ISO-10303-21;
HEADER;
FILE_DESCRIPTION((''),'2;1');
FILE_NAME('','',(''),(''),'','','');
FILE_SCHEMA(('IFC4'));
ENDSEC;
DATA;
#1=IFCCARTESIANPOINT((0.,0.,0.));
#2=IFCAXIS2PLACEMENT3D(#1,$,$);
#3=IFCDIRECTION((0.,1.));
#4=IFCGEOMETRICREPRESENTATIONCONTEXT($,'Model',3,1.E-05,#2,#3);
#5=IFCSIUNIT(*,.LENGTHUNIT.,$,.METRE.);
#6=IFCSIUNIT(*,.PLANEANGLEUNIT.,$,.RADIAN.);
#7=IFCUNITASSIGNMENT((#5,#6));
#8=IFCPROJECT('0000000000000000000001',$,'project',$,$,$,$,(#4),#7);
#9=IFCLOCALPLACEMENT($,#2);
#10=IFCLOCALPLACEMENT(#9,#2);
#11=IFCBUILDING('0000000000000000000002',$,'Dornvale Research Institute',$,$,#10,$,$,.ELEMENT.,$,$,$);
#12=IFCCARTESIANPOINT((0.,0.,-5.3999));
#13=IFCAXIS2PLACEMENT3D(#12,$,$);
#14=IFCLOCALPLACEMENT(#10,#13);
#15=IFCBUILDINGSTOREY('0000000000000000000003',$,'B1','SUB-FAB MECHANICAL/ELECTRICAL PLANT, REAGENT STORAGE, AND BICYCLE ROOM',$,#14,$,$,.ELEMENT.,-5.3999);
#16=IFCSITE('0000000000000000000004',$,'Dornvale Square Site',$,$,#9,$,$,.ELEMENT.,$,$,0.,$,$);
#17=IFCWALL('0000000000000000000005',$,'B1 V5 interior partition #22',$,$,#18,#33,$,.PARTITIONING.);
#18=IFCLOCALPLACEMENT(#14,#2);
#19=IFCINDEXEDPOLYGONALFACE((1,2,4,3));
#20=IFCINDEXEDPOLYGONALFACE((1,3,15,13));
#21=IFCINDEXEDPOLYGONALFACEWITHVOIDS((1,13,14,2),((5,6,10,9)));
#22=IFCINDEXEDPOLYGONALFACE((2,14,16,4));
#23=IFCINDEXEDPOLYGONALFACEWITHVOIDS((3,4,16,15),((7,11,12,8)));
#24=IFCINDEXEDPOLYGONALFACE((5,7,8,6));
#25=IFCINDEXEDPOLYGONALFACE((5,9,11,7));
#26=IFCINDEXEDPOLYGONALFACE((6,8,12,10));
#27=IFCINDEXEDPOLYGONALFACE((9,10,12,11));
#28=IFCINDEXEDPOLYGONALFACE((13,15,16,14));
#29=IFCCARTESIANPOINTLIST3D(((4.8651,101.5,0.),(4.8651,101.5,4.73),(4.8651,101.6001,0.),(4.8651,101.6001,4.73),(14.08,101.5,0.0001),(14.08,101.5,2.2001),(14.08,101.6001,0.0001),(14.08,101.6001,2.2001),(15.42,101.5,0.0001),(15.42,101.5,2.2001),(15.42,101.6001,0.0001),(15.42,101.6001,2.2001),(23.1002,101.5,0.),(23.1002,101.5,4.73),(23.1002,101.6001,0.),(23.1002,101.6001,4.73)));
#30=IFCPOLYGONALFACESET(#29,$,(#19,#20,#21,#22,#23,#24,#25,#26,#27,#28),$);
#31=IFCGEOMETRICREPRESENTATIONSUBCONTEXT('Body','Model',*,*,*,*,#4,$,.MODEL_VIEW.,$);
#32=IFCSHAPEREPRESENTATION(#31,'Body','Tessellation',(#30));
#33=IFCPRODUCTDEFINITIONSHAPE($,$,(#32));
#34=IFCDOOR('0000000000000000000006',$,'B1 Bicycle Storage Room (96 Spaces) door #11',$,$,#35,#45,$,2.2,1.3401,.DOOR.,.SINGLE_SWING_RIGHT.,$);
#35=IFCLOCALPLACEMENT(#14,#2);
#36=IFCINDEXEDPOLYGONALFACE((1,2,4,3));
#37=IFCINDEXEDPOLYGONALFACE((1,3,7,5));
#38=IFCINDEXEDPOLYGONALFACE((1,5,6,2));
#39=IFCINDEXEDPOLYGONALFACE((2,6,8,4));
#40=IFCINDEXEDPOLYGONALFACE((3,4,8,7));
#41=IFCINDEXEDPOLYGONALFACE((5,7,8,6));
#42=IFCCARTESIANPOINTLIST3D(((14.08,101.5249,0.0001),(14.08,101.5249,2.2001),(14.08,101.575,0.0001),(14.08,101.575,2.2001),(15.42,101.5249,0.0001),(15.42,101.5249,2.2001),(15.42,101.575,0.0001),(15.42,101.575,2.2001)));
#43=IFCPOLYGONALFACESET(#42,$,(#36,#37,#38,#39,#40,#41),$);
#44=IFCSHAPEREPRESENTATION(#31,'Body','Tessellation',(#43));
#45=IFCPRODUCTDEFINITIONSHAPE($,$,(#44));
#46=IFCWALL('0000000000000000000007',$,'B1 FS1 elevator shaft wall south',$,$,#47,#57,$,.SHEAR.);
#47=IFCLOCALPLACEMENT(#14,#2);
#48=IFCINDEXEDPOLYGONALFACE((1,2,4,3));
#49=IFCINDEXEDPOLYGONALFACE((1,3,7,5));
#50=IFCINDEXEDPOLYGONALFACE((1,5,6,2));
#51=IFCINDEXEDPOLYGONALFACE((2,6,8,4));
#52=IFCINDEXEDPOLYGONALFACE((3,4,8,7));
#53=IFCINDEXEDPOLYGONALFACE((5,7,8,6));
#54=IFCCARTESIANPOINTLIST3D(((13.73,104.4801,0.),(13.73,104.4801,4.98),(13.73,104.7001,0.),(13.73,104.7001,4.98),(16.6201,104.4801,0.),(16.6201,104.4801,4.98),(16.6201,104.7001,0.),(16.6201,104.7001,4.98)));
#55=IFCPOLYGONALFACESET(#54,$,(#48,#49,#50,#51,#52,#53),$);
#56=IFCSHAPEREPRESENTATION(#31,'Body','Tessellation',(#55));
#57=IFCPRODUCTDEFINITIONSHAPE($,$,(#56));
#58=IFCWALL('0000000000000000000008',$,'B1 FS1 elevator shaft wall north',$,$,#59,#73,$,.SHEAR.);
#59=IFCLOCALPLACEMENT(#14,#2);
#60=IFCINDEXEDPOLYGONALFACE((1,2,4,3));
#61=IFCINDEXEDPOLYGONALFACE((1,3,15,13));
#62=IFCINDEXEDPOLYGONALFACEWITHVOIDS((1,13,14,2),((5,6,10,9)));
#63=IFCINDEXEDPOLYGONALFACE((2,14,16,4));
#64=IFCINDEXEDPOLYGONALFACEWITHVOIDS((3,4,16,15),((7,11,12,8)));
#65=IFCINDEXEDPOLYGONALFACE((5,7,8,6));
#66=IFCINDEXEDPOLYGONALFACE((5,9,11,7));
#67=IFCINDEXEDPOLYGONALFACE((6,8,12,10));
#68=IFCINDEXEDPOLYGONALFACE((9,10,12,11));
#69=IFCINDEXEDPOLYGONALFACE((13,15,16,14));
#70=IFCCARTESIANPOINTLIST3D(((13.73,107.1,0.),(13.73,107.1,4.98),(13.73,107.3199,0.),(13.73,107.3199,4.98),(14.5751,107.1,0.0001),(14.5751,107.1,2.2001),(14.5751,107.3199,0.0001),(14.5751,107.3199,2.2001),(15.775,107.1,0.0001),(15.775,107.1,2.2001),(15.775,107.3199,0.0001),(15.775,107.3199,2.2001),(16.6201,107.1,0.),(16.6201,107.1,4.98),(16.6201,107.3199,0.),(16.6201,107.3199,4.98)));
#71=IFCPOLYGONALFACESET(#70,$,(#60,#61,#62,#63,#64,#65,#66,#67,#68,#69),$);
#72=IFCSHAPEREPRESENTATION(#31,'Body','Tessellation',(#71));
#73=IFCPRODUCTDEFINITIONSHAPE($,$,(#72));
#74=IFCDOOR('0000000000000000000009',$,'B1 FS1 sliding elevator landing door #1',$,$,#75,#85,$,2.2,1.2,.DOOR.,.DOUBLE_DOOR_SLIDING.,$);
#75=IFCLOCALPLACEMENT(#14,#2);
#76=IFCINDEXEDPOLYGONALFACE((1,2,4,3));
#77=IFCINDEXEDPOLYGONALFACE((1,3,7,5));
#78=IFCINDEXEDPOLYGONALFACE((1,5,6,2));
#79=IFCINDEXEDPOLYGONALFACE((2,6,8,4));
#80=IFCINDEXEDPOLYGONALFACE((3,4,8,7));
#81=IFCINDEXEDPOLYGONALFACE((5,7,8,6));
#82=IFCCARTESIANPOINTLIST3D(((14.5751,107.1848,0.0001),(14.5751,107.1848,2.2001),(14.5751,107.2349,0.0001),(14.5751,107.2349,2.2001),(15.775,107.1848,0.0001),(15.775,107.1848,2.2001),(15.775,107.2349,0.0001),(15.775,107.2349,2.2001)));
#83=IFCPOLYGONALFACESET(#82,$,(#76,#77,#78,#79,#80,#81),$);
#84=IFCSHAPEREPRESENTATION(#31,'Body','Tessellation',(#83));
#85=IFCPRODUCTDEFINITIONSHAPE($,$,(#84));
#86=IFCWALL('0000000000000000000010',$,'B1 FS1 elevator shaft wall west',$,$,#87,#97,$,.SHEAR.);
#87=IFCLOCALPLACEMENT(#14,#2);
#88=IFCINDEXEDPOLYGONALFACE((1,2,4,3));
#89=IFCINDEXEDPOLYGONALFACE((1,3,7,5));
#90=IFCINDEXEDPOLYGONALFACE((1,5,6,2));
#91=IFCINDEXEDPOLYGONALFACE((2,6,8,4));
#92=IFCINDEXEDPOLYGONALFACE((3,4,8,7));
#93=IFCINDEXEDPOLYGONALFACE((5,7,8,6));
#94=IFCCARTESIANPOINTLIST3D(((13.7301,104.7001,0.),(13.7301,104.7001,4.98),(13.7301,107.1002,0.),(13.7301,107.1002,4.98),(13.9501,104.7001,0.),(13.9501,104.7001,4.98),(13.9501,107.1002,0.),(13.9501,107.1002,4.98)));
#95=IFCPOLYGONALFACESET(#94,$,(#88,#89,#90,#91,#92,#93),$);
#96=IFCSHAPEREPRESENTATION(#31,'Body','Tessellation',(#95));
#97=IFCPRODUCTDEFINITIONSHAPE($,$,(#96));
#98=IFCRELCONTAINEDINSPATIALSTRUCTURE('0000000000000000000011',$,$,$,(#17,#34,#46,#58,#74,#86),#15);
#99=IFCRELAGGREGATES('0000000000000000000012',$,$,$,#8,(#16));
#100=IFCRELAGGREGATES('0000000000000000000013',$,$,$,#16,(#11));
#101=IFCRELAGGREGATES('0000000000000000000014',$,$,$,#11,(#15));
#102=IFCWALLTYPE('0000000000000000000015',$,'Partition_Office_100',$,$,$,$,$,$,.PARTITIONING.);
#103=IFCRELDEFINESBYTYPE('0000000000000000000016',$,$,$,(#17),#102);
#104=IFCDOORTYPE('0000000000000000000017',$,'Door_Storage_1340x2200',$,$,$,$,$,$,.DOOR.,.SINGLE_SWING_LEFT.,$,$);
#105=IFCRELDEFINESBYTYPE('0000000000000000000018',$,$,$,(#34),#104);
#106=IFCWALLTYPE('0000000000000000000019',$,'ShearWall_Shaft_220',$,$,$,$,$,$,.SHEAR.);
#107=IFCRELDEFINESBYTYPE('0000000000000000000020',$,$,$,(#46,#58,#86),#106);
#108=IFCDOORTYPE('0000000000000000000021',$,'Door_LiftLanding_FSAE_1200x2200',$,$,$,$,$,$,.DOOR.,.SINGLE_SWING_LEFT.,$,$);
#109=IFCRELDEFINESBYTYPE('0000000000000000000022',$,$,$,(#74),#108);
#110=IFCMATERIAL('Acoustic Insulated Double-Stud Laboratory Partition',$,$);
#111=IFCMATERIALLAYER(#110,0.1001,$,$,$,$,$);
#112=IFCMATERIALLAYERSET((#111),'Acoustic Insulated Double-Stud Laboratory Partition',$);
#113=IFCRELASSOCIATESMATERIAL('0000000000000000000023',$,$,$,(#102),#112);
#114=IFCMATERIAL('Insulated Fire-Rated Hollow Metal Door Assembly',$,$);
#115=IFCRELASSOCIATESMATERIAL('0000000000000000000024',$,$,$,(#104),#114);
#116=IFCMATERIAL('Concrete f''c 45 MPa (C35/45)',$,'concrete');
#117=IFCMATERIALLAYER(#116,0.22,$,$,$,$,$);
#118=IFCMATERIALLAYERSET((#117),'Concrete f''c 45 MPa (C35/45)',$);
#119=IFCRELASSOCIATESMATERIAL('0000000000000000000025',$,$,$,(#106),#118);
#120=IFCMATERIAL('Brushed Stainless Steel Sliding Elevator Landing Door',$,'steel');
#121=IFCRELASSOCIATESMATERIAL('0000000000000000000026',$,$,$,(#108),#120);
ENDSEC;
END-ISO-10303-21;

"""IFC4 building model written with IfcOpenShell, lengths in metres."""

from ifc_helpers import new_model, si_unit, direction, frame, frame_2d, origin, place, context, subcontext, project, spatial, rectangle, extrude, material, layer, layer_set, type_object, element, fill, save


model = new_model("IFC4")

# Units and contexts
model_context = context("Model", 3, precision=1e-05, world=origin(), true_north=direction((0.0, 1.0)))
body_context = subcontext(model_context, "Body", "Model", "MODEL_VIEW")
ifc_project = project(units=[si_unit("LENGTHUNIT", "METRE"), si_unit("PLANEANGLEUNIT", "RADIAN")], contexts=[model_context])

# Site, building, storey
site_placement = place(None, origin())
site = spatial("IfcSite", under=ifc_project, at=site_placement, Name="Dornvale Square Site", CompositionType="ELEMENT", RefElevation=0.0)
building_placement = place(site_placement, origin())
building = spatial("IfcBuilding", under=site, at=building_placement, Name="Dornvale Research Institute", CompositionType="ELEMENT")
storey_placement = place(building_placement, frame((0.0, 0.0, -5.3999)))
storey = spatial("IfcBuildingStorey", under=building, at=storey_placement, Name="B1", Description="SUB-FAB MECHANICAL/ELECTRICAL PLANT, REAGENT STORAGE, AND BICYCLE ROOM", CompositionType="ELEMENT", Elevation=-5.3999)

# Wall, opening, door
ifc_material_1 = material(Name="Acoustic Insulated Double-Stud Laboratory Partition")
ifc_layer_1 = layer(ifc_material_1, 0.1001)
ifc_layer_set_1 = layer_set([ifc_layer_1], Name="Acoustic Insulated Double-Stud Laboratory Partition")
wall_type_1 = type_object("IfcWallType", Name="Partition_Office_100", PredefinedType="PARTITIONING", material=ifc_layer_set_1)
wall_1_placement = place(storey_placement, frame((4.865, 101.55, 0.0), z_axis=(0.0, 0.0, 1.0), x_axis=(1.0, 0.0, 0.0)))
wall_1 = element("IfcWall", 1, at=wall_1_placement, inside=storey, type_object=wall_type_1, Name="B1 V5 interior partition #22", PredefinedType="PARTITIONING", context=body_context, shape_type="SweptSolid", body=[
    extrude(rectangle(XDim=18.2351, YDim=0.1001, at=frame_2d((9.1177, 0.0))), origin(), (0.0, 0.0, 1.0), 4.73),
])
opening_1_placement = place(wall_1_placement, frame((9.2151, 0.0, 0.0)))
opening_1 = element("IfcOpeningElement", 2, at=opening_1_placement, cuts=wall_1, PredefinedType="OPENING", context=body_context, shape_type="SweptSolid", body=[
    extrude(rectangle(XDim=1.3401, YDim=2.2, at=frame_2d((0.6699, 1.1001))), frame((0.0, 0.0649, 0.0), z_axis=(0.0, -1.0, 0.0), x_axis=(1.0, 0.0, 0.0)), (0.0, 0.0, 1.0), 0.1301),
])
ifc_material_2 = material(Name="Insulated Fire-Rated Hollow Metal Door Assembly")
door_type_1 = type_object("IfcDoorType", Name="Door_Storage_1340x2200", OperationType="SINGLE_SWING_LEFT", PredefinedType="DOOR", material=ifc_material_2)
door_1_placement = place(opening_1_placement, origin())
door_1 = element("IfcDoor", 3, at=door_1_placement, inside=storey, type_object=door_type_1, Name="B1 Bicycle Storage Room (96 Spaces) door #11", OperationType="SINGLE_SWING_RIGHT", OverallHeight=2.2, OverallWidth=1.3401, PredefinedType="DOOR", context=body_context, shape_type="SweptSolid", body=[
    extrude(rectangle(XDim=1.3401, YDim=2.2, at=frame_2d((0.6699, 1.1001))), frame((0.0, 0.0249, 0.0), z_axis=(0.0, -1.0, 0.0), x_axis=(1.0, 0.0, 0.0)), (0.0, 0.0, 1.0), 0.05),
])
fill(opening_1, door_1)

# Wall
ifc_material_3 = material(Name="Concrete f'c 45 MPa (C35/45)", Category="concrete")
ifc_layer_2 = layer(ifc_material_3, 0.22)
ifc_layer_set_2 = layer_set([ifc_layer_2], Name="Concrete f'c 45 MPa (C35/45)")
wall_type_2 = type_object("IfcWallType", Name="ShearWall_Shaft_220", PredefinedType="SHEAR", material=ifc_layer_set_2)
wall_2_placement = place(storey_placement, frame((13.73, 104.5901, 0.0), z_axis=(0.0, 0.0, 1.0), x_axis=(1.0, 0.0, 0.0)))
element("IfcWall", 4, at=wall_2_placement, inside=storey, type_object=wall_type_2, Name="B1 FS1 elevator shaft wall south", PredefinedType="SHEAR", context=body_context, shape_type="SweptSolid", body=[
    extrude(rectangle(XDim=2.8901, YDim=0.22, at=frame_2d((1.4451, 0.0))), origin(), (0.0, 0.0, 1.0), 4.98),
])

# Wall, opening, door
wall_3_placement = place(storey_placement, frame((13.73, 107.21, 0.0), z_axis=(0.0, 0.0, 1.0), x_axis=(1.0, 0.0, 0.0)))
wall_3 = element("IfcWall", 5, at=wall_3_placement, inside=storey, type_object=wall_type_2, Name="B1 FS1 elevator shaft wall north", PredefinedType="SHEAR", context=body_context, shape_type="SweptSolid", body=[
    extrude(rectangle(XDim=2.8901, YDim=0.22, at=frame_2d((1.4451, 0.0))), origin(), (0.0, 0.0, 1.0), 4.98),
])
opening_2_placement = place(wall_3_placement, frame((0.845, 0.0, 0.0)))
opening_2 = element("IfcOpeningElement", 6, at=opening_2_placement, cuts=wall_3, PredefinedType="OPENING", context=body_context, shape_type="SweptSolid", body=[
    extrude(rectangle(XDim=1.2, YDim=2.2, at=frame_2d((0.6001, 1.1001))), frame((0.0, 0.125, 0.0), z_axis=(0.0, -1.0, 0.0), x_axis=(1.0, 0.0, 0.0)), (0.0, 0.0, 1.0), 0.25),
])
ifc_material_4 = material(Name="Brushed Stainless Steel Sliding Elevator Landing Door", Category="steel")
door_type_2 = type_object("IfcDoorType", Name="Door_LiftLanding_FSAE_1200x2200", OperationType="SINGLE_SWING_LEFT", PredefinedType="DOOR", material=ifc_material_4)
door_2_placement = place(opening_2_placement, origin())
door_2 = element("IfcDoor", 7, at=door_2_placement, inside=storey, type_object=door_type_2, Name="B1 FS1 sliding elevator landing door #1", OperationType="DOUBLE_DOOR_SLIDING", OverallHeight=2.2, OverallWidth=1.2, PredefinedType="DOOR", context=body_context, shape_type="SweptSolid", body=[
    extrude(rectangle(XDim=1.2, YDim=2.2, at=frame_2d((0.6001, 1.1001))), frame((0.0, 0.0249, 0.0), z_axis=(0.0, -1.0, 0.0), x_axis=(1.0, 0.0, 0.0)), (0.0, 0.0, 1.0), 0.05),
])
fill(opening_2, door_2)

# Wall
wall_4_placement = place(storey_placement, frame((13.8401, 104.7, 0.0), z_axis=(0.0, 0.0, 1.0), x_axis=(0.0, 1.0, 0.0)))
element("IfcWall", 8, at=wall_4_placement, inside=storey, type_object=wall_type_2, Name="B1 FS1 elevator shaft wall west", PredefinedType="SHEAR", context=body_context, shape_type="SweptSolid", body=[
    extrude(rectangle(XDim=2.4001, YDim=0.22, at=frame_2d((1.2002, 0.0))), origin(), (0.0, 0.0, 1.0), 4.98),
])

save(model, "model.ifc")
